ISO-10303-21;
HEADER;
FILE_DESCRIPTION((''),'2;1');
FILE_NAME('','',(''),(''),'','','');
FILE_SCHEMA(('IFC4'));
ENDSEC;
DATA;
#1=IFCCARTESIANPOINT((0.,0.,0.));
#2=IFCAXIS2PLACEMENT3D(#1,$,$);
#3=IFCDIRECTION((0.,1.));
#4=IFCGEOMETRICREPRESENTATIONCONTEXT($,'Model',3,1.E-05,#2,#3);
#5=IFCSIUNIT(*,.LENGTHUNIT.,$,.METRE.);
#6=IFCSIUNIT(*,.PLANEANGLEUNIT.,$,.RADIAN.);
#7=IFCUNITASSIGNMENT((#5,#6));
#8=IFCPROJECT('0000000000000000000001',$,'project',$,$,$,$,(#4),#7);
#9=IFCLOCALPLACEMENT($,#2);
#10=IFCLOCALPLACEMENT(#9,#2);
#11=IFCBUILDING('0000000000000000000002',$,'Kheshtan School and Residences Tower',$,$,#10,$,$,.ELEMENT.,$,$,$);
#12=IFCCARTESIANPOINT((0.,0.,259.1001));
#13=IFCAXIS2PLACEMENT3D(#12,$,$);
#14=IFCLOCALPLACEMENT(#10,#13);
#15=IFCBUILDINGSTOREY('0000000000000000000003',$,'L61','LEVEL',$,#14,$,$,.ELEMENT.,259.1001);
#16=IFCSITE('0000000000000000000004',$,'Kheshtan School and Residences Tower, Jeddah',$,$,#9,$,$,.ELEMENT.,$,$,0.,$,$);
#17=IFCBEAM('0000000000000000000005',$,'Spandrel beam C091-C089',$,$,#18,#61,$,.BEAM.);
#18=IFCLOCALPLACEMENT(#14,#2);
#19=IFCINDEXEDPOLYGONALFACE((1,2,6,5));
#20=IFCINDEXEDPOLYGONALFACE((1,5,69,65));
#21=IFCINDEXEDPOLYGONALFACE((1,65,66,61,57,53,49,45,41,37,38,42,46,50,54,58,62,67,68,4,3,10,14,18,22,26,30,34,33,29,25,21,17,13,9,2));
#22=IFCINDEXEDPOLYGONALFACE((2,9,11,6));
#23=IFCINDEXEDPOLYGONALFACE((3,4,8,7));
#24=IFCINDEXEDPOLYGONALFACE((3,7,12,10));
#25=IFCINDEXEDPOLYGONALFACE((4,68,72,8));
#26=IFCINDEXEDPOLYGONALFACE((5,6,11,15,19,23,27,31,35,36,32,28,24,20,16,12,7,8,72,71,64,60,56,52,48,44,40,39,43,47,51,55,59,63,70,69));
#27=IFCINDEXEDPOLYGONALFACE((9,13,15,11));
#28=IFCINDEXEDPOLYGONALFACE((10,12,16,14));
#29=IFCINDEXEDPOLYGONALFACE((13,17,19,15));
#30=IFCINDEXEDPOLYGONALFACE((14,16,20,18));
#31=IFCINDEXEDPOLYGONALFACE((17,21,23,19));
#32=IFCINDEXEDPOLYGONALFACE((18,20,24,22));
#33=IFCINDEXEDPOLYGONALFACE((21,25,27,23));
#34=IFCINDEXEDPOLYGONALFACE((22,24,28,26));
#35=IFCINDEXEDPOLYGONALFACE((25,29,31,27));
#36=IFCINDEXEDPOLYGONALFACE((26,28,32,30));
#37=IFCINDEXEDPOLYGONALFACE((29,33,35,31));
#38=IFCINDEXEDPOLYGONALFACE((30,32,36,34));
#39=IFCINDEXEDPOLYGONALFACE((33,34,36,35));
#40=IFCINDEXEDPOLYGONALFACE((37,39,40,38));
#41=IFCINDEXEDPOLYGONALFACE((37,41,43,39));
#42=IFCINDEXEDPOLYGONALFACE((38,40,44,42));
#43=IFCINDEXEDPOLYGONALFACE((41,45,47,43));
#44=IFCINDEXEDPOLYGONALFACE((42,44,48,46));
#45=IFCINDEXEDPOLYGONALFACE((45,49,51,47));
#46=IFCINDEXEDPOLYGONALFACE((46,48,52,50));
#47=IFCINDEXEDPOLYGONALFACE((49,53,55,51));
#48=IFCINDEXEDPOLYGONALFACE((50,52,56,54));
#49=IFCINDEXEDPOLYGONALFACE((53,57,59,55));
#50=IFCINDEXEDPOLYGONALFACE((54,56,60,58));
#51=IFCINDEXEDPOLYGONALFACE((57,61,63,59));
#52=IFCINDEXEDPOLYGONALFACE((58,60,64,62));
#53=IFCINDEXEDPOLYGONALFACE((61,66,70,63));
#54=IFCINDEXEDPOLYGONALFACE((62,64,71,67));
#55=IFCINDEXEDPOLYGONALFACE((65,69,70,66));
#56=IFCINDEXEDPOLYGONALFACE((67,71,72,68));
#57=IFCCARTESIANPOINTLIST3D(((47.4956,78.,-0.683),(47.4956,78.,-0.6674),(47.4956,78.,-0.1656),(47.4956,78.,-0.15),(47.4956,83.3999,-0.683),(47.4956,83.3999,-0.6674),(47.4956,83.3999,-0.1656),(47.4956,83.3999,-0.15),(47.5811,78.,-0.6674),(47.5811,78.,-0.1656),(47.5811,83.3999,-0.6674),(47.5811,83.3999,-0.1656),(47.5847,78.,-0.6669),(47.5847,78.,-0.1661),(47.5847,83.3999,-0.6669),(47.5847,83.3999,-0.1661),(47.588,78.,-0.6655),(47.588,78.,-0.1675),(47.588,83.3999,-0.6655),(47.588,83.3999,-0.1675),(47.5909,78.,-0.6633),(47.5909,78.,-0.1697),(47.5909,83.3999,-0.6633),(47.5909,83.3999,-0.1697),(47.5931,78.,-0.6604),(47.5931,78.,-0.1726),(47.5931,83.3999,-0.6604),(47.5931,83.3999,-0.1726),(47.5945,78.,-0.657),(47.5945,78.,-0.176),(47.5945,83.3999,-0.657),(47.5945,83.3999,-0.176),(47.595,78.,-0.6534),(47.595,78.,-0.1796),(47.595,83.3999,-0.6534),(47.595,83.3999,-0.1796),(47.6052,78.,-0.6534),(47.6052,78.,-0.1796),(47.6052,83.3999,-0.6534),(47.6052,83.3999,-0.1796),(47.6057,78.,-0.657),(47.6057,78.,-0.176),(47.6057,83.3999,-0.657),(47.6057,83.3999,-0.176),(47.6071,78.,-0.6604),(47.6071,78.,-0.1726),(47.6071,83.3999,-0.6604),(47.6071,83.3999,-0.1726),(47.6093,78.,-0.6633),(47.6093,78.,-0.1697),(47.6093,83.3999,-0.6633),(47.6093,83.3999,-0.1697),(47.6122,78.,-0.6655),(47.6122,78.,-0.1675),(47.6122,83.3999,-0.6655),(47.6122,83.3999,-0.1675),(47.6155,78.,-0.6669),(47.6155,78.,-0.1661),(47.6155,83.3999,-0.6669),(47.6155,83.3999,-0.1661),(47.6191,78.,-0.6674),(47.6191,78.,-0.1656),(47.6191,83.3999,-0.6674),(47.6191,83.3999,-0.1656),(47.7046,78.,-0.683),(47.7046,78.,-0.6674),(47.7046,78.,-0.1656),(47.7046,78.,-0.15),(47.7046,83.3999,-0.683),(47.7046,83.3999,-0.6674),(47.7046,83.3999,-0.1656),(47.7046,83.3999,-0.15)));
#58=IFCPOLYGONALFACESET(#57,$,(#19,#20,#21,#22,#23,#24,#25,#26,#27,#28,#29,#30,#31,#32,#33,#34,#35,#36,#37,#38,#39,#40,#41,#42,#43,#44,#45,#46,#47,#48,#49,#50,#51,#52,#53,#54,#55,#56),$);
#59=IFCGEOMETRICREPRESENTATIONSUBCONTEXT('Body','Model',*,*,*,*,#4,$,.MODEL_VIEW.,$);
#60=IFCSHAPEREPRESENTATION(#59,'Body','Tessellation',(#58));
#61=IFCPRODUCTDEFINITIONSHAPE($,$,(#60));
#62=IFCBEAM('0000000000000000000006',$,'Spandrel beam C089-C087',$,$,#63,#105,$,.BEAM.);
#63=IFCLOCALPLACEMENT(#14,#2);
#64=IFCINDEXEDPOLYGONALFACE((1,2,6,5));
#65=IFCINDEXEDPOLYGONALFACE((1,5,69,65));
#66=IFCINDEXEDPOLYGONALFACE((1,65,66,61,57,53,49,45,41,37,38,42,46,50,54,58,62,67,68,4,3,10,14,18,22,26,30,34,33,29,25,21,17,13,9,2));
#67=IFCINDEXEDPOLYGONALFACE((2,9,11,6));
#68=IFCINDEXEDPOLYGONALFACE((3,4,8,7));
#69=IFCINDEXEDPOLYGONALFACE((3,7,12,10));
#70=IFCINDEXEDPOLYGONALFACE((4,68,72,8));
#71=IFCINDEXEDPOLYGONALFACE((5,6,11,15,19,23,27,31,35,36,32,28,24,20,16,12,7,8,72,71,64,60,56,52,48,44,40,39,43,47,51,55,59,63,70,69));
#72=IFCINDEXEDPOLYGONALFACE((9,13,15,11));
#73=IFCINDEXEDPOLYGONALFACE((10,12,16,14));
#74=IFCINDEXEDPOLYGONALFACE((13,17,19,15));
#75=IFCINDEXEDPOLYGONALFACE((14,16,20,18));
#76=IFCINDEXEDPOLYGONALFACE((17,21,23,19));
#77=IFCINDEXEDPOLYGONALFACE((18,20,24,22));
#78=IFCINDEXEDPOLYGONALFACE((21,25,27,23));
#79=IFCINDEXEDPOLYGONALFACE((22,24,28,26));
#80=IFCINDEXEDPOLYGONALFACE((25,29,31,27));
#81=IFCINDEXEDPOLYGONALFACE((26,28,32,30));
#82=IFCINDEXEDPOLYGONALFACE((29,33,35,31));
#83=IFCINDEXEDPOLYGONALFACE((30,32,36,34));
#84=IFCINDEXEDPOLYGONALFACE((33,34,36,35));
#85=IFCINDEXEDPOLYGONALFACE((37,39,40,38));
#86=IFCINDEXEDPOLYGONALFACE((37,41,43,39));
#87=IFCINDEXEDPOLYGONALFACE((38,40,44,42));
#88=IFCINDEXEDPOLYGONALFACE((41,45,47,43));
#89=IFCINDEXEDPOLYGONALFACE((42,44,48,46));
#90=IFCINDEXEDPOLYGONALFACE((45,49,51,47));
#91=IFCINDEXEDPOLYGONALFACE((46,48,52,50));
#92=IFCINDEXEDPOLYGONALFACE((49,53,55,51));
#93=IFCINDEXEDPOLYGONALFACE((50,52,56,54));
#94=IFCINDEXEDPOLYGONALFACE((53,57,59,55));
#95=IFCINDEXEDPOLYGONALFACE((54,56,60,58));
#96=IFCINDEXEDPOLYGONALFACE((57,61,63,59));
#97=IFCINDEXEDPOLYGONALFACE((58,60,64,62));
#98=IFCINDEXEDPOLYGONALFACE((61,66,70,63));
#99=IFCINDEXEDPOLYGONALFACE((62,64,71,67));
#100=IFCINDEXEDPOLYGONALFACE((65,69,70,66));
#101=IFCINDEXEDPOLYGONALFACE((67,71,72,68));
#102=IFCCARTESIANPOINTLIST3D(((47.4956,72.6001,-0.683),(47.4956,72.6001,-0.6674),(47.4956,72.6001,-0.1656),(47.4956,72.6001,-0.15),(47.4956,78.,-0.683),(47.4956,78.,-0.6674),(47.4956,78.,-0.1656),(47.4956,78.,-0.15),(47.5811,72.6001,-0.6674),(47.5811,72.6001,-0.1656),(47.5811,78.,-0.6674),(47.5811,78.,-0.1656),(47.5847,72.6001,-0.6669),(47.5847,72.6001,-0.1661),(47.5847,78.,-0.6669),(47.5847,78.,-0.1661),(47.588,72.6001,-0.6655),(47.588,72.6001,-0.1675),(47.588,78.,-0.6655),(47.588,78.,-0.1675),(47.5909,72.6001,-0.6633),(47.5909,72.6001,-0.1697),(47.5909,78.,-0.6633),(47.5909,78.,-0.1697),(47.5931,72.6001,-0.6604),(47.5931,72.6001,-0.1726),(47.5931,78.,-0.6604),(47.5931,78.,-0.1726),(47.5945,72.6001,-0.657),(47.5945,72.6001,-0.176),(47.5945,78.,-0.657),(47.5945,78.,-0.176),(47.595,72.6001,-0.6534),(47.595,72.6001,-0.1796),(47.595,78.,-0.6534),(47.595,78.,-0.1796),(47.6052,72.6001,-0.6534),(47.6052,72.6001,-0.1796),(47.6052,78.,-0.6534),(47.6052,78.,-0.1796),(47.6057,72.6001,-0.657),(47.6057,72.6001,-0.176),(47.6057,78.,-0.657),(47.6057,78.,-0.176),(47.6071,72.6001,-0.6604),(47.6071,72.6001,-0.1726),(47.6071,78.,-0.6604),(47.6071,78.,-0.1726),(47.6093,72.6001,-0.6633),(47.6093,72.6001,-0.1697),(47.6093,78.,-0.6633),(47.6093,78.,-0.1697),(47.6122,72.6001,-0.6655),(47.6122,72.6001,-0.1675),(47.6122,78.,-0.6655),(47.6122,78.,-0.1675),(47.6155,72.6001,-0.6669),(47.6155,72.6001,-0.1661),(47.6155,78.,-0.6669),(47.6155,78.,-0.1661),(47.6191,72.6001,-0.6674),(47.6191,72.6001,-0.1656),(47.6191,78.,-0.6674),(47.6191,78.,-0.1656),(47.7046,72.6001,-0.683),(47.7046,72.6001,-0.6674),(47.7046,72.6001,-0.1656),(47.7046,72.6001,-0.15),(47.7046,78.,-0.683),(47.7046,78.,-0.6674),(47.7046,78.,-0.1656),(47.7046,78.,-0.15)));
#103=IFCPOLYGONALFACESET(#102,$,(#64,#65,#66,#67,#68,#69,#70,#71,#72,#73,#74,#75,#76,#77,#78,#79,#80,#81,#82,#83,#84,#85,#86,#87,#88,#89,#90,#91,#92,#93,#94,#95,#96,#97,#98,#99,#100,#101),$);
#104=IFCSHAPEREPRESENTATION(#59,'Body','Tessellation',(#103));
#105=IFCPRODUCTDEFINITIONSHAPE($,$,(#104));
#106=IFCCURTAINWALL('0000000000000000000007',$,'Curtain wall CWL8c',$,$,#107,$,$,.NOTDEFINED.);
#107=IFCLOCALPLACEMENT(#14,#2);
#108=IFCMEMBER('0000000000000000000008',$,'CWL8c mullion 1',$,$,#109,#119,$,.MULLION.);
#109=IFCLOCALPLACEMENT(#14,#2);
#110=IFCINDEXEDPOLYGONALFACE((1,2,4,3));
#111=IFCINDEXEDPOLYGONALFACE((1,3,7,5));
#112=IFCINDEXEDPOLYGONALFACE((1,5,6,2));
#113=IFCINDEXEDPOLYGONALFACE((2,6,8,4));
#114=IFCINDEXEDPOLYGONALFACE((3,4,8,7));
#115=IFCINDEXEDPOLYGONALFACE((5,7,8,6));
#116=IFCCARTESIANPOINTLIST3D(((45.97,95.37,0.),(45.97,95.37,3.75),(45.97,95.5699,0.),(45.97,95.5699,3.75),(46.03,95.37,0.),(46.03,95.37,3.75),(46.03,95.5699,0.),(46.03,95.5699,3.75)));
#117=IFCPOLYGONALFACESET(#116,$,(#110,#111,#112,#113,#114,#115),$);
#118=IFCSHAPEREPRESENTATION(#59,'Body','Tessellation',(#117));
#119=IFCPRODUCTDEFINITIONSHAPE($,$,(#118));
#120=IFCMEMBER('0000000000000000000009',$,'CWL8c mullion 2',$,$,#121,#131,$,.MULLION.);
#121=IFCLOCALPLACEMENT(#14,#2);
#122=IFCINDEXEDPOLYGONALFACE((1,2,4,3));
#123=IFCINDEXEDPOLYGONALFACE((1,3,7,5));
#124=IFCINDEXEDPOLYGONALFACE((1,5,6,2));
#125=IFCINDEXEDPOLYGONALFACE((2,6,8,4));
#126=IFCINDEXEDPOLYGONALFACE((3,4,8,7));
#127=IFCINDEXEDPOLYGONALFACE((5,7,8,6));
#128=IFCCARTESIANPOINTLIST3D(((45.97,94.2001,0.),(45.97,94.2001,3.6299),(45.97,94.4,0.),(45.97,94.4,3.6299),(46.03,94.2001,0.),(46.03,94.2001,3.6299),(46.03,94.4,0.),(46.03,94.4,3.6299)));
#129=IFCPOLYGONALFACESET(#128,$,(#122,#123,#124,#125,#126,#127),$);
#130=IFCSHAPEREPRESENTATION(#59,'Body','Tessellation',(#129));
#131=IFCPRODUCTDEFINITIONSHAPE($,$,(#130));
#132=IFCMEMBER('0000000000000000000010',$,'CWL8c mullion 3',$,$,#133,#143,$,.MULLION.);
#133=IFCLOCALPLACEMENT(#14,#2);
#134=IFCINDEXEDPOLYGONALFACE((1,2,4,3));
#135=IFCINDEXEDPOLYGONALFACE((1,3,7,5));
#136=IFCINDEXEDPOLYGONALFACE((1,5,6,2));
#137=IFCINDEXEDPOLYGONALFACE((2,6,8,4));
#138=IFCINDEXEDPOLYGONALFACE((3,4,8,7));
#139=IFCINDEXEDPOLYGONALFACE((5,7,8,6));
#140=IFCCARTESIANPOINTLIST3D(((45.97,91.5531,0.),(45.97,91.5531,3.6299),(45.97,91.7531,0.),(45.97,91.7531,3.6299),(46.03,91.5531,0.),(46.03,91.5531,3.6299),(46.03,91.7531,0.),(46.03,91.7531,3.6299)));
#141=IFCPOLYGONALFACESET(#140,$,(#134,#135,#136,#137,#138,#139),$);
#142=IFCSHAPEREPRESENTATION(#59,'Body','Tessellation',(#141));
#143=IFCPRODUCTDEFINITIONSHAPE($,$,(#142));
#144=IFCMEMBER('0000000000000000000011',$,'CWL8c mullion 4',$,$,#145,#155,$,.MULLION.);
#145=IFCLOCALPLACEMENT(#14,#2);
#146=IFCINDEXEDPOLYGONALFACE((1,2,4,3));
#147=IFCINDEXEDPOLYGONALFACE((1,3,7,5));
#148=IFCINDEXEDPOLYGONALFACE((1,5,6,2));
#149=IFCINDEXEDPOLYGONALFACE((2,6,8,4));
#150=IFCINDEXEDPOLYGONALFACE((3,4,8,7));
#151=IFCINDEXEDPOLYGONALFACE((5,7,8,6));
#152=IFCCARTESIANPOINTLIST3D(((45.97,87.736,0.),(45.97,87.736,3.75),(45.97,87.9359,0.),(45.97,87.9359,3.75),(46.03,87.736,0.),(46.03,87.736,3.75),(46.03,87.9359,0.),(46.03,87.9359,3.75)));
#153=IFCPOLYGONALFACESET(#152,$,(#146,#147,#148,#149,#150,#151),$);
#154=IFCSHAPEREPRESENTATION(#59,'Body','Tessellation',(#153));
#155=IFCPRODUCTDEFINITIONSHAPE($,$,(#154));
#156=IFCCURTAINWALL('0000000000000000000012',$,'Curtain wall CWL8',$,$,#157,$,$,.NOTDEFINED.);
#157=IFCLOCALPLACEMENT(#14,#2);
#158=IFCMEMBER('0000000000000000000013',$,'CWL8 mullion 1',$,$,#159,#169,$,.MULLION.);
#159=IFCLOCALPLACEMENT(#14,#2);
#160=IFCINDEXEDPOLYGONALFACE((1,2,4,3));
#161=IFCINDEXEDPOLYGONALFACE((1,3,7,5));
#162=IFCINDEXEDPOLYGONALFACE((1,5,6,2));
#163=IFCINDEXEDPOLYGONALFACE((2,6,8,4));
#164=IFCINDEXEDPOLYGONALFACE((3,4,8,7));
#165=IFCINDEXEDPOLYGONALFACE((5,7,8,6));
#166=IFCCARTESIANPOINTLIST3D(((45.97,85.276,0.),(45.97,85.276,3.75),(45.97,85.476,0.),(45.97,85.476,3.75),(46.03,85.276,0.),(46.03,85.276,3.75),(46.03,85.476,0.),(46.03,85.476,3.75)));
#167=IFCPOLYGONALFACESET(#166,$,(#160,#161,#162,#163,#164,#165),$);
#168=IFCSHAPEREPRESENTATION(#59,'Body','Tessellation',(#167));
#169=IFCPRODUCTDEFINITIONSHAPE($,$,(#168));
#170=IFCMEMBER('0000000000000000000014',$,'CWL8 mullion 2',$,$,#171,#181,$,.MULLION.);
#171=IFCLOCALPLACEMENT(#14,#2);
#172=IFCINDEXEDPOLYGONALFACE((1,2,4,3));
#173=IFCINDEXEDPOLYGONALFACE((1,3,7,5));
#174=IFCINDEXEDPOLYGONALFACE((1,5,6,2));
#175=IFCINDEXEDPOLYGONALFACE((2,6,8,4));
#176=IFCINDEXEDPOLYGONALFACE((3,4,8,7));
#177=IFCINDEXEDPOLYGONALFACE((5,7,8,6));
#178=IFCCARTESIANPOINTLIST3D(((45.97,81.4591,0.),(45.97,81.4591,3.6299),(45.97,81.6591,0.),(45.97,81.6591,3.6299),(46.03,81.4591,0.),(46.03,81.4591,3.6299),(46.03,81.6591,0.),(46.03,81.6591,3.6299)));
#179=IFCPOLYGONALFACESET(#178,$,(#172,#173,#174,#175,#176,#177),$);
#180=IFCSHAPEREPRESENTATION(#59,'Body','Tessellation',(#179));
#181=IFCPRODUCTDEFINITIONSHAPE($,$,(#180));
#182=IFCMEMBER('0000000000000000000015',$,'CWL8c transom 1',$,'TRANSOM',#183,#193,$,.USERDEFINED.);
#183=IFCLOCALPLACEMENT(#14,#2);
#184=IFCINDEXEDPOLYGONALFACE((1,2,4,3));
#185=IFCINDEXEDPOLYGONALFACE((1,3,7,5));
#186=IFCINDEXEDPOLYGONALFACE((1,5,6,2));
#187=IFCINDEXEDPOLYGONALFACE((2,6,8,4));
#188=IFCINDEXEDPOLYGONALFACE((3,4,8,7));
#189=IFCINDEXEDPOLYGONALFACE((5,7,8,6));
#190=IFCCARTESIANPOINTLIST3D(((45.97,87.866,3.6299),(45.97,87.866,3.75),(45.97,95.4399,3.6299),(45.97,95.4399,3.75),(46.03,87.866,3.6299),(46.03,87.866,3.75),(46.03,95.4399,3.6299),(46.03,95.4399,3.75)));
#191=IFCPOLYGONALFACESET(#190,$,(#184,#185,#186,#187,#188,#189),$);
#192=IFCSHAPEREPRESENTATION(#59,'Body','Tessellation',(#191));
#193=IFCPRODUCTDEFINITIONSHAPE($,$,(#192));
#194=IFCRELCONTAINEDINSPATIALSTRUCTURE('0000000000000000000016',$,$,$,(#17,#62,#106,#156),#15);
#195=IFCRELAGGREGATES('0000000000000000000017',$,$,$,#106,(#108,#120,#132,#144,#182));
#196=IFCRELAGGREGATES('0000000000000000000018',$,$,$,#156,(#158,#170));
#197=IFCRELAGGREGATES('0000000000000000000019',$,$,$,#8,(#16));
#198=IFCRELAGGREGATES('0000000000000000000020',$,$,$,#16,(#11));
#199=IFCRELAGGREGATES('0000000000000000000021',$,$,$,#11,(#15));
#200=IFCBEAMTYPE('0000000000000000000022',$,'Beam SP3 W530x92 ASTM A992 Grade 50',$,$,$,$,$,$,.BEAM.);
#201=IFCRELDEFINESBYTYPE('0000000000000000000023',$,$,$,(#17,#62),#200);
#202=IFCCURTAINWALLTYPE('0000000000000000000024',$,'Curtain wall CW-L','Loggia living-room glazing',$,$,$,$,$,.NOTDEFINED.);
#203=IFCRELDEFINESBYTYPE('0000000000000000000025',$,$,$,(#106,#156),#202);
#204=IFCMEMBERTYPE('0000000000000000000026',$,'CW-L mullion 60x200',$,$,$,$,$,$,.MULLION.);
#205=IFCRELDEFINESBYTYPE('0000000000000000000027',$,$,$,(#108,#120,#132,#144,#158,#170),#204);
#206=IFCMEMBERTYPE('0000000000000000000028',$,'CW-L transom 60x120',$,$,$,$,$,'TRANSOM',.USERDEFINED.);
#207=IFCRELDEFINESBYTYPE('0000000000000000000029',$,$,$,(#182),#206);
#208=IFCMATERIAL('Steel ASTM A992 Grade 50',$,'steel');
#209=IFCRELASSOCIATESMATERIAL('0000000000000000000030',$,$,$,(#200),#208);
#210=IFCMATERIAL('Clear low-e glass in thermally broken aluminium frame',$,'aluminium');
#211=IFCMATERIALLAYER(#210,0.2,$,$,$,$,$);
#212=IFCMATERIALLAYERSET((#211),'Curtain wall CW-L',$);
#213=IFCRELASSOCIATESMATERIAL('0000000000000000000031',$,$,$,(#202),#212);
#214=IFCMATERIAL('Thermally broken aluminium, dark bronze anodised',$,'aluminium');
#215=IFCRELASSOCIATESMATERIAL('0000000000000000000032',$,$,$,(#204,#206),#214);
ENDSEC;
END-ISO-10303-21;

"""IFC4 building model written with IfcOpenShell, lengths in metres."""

from ifc_helpers import new_model, si_unit, direction, frame, origin, origin_2d, place, context, subcontext, project, spatial, rectangle, i_section, extrude, material, layer, layer_set, material_profile, profile_set, type_object, element, aggregate, save


model = new_model("IFC4")

# Units and contexts
model_context = context("Model", 3, precision=1e-05, world=origin(), true_north=direction((0.0, 1.0)))
body_context = subcontext(model_context, "Body", "Model", "MODEL_VIEW")
ifc_project = project(units=[si_unit("LENGTHUNIT", "METRE"), si_unit("PLANEANGLEUNIT", "RADIAN")], contexts=[model_context])

# Site, building, storey
site_placement = place(None, origin())
site = spatial("IfcSite", under=ifc_project, at=site_placement, Name="Kheshtan School and Residences Tower, Jeddah", CompositionType="ELEMENT", RefElevation=0.0)
building_placement = place(site_placement, origin())
building = spatial("IfcBuilding", under=site, at=building_placement, Name="Kheshtan School and Residences Tower", CompositionType="ELEMENT")
storey_placement = place(building_placement, frame((0.0, 0.0, 259.1001)))
storey = spatial("IfcBuildingStorey", under=building, at=storey_placement, Name="L61", Description="LEVEL", CompositionType="ELEMENT", Elevation=259.1001)

# Shared definitions
ifc_material_1 = material(Name="Steel ASTM A992 Grade 50", Category="steel")

# Beams
ifc_material_profile_1 = material_profile(ifc_material_1, i_section(OverallWidth=0.209, OverallDepth=0.533, WebThickness=0.0103, FlangeThickness=0.0156, FilletRadius=0.0139, at=origin_2d()), Name="W530x92")
ifc_profile_set_1 = profile_set([ifc_material_profile_1], Name="Steel ASTM A992 Grade 50")
beam_type_1 = type_object("IfcBeamType", Name="Beam SP3 W530x92 ASTM A992 Grade 50", PredefinedType="BEAM", material=ifc_profile_set_1)
for number, where, z_axis, x_axis, name in (
    (1, (47.6001, 83.3999, -0.4165), (0.0, -1.0, 0.0), (1.0, 0.0, 0.0), "Spandrel beam C091-C089"),
    (2, (47.6001, 78.0, -0.4165), (0.0, -1.0, 0.0), (1.0, 0.0, 0.0), "Spandrel beam C089-C087"),
):
    element("IfcBeam", number, at=place(storey_placement, frame(where, z_axis=z_axis, x_axis=x_axis)), inside=storey, type_object=beam_type_1, Name=name, PredefinedType="BEAM", context=body_context, shape_type="SweptSolid", body=[
        extrude(i_section(OverallWidth=0.209, OverallDepth=0.533, WebThickness=0.0103, FlangeThickness=0.0156, FilletRadius=0.0139, at=origin_2d()), origin(), (0.0, 0.0, 1.0), 5.3999),
    ])

# Curtain walls, members
ifc_material_2 = material(Name="Clear low-e glass in thermally broken aluminium frame", Category="aluminium")
ifc_layer_1 = layer(ifc_material_2, 0.2)
ifc_layer_set_1 = layer_set([ifc_layer_1], Name="Curtain wall CW-L")
curtain_wall_type = type_object("IfcCurtainWallType", Name="Curtain wall CW-L", Description="Loggia living-room glazing", PredefinedType="NOTDEFINED", material=ifc_layer_set_1)
curtain_wall_1_placement = place(storey_placement, origin())
curtain_wall_1 = element("IfcCurtainWall", 3, at=curtain_wall_1_placement, inside=storey, type_object=curtain_wall_type, Name="Curtain wall CWL8c", PredefinedType="NOTDEFINED")
ifc_material_3 = material(Name="Thermally broken aluminium, dark bronze anodised", Category="aluminium")
ifc_material_profile_2 = material_profile(ifc_material_3, rectangle(XDim=0.0601, YDim=0.2, at=origin_2d()), Name="CW-L mullion 60x200")
ifc_profile_set_2 = profile_set([ifc_material_profile_2], Name="Thermally broken aluminium, dark bronze anodised")
member_type_1 = type_object("IfcMemberType", Name="CW-L mullion 60x200", PredefinedType="MULLION", material=ifc_profile_set_2)
member_1_placement = place(storey_placement, frame((46.0, 95.47, 0.0), z_axis=(0.0, 0.0, 1.0), x_axis=(1.0, 0.0, 0.0)))
member_1 = element("IfcMember", 4, at=member_1_placement, type_object=member_type_1, Name="CWL8c mullion 1", PredefinedType="MULLION", context=body_context, shape_type="SweptSolid", body=[
    extrude(rectangle(XDim=0.0601, YDim=0.2, at=origin_2d()), origin(), (0.0, 0.0, 1.0), 3.75),
])
member_2_placement = place(storey_placement, frame((46.0, 94.3, 0.0), z_axis=(0.0, 0.0, 1.0), x_axis=(1.0, 0.0, 0.0)))
member_2 = element("IfcMember", 5, at=member_2_placement, type_object=member_type_1, Name="CWL8c mullion 2", PredefinedType="MULLION", context=body_context, shape_type="SweptSolid", body=[
    extrude(rectangle(XDim=0.0601, YDim=0.2, at=origin_2d()), origin(), (0.0, 0.0, 1.0), 3.6299),
])
member_3_placement = place(storey_placement, frame((46.0, 91.6531, 0.0), z_axis=(0.0, 0.0, 1.0), x_axis=(1.0, 0.0, 0.0)))
member_3 = element("IfcMember", 6, at=member_3_placement, type_object=member_type_1, Name="CWL8c mullion 3", PredefinedType="MULLION", context=body_context, shape_type="SweptSolid", body=[
    extrude(rectangle(XDim=0.0601, YDim=0.2, at=origin_2d()), origin(), (0.0, 0.0, 1.0), 3.6299),
])
member_4_placement = place(storey_placement, frame((46.0, 87.8359, 0.0), z_axis=(0.0, 0.0, 1.0), x_axis=(1.0, 0.0, 0.0)))
member_4 = element("IfcMember", 7, at=member_4_placement, type_object=member_type_1, Name="CWL8c mullion 4", PredefinedType="MULLION", context=body_context, shape_type="SweptSolid", body=[
    extrude(rectangle(XDim=0.0601, YDim=0.2, at=origin_2d()), origin(), (0.0, 0.0, 1.0), 3.75),
])
curtain_wall_2_placement = place(storey_placement, origin())
curtain_wall_2 = element("IfcCurtainWall", 8, at=curtain_wall_2_placement, inside=storey, type_object=curtain_wall_type, Name="Curtain wall CWL8", PredefinedType="NOTDEFINED")
member_5_placement = place(storey_placement, frame((46.0, 85.376, 0.0), z_axis=(0.0, 0.0, 1.0), x_axis=(1.0, 0.0, 0.0)))
member_5 = element("IfcMember", 9, at=member_5_placement, type_object=member_type_1, Name="CWL8 mullion 1", PredefinedType="MULLION", context=body_context, shape_type="SweptSolid", body=[
    extrude(rectangle(XDim=0.0601, YDim=0.2, at=origin_2d()), origin(), (0.0, 0.0, 1.0), 3.75),
])
member_6_placement = place(storey_placement, frame((46.0, 81.5591, 0.0), z_axis=(0.0, 0.0, 1.0), x_axis=(1.0, 0.0, 0.0)))
member_6 = element("IfcMember", 10, at=member_6_placement, type_object=member_type_1, Name="CWL8 mullion 2", PredefinedType="MULLION", context=body_context, shape_type="SweptSolid", body=[
    extrude(rectangle(XDim=0.0601, YDim=0.2, at=origin_2d()), origin(), (0.0, 0.0, 1.0), 3.6299),
])

# Member
ifc_material_profile_3 = material_profile(ifc_material_3, rectangle(XDim=0.0601, YDim=0.1201, at=origin_2d()), Name="CW-L transom 60x120")
ifc_profile_set_3 = profile_set([ifc_material_profile_3], Name="Thermally broken aluminium, dark bronze anodised")
member_type_2 = type_object("IfcMemberType", Name="CW-L transom 60x120", ElementType="TRANSOM", PredefinedType="USERDEFINED", material=ifc_profile_set_3)
member_7_placement = place(storey_placement, frame((46.0, 95.4399, 3.6899), z_axis=(0.0, -1.0, 0.0), x_axis=(1.0, 0.0, 0.0)))
member_7 = element("IfcMember", 11, at=member_7_placement, type_object=member_type_2, Name="CWL8c transom 1", ObjectType="TRANSOM", PredefinedType="USERDEFINED", context=body_context, shape_type="SweptSolid", body=[
    extrude(rectangle(XDim=0.0601, YDim=0.1201, at=origin_2d()), origin(), (0.0, 0.0, 1.0), 7.574),
])

aggregate(curtain_wall_1, [member_1, member_2, member_3, member_4, member_7])
aggregate(curtain_wall_2, [member_5, member_6])

save(model, "model.ifc")
